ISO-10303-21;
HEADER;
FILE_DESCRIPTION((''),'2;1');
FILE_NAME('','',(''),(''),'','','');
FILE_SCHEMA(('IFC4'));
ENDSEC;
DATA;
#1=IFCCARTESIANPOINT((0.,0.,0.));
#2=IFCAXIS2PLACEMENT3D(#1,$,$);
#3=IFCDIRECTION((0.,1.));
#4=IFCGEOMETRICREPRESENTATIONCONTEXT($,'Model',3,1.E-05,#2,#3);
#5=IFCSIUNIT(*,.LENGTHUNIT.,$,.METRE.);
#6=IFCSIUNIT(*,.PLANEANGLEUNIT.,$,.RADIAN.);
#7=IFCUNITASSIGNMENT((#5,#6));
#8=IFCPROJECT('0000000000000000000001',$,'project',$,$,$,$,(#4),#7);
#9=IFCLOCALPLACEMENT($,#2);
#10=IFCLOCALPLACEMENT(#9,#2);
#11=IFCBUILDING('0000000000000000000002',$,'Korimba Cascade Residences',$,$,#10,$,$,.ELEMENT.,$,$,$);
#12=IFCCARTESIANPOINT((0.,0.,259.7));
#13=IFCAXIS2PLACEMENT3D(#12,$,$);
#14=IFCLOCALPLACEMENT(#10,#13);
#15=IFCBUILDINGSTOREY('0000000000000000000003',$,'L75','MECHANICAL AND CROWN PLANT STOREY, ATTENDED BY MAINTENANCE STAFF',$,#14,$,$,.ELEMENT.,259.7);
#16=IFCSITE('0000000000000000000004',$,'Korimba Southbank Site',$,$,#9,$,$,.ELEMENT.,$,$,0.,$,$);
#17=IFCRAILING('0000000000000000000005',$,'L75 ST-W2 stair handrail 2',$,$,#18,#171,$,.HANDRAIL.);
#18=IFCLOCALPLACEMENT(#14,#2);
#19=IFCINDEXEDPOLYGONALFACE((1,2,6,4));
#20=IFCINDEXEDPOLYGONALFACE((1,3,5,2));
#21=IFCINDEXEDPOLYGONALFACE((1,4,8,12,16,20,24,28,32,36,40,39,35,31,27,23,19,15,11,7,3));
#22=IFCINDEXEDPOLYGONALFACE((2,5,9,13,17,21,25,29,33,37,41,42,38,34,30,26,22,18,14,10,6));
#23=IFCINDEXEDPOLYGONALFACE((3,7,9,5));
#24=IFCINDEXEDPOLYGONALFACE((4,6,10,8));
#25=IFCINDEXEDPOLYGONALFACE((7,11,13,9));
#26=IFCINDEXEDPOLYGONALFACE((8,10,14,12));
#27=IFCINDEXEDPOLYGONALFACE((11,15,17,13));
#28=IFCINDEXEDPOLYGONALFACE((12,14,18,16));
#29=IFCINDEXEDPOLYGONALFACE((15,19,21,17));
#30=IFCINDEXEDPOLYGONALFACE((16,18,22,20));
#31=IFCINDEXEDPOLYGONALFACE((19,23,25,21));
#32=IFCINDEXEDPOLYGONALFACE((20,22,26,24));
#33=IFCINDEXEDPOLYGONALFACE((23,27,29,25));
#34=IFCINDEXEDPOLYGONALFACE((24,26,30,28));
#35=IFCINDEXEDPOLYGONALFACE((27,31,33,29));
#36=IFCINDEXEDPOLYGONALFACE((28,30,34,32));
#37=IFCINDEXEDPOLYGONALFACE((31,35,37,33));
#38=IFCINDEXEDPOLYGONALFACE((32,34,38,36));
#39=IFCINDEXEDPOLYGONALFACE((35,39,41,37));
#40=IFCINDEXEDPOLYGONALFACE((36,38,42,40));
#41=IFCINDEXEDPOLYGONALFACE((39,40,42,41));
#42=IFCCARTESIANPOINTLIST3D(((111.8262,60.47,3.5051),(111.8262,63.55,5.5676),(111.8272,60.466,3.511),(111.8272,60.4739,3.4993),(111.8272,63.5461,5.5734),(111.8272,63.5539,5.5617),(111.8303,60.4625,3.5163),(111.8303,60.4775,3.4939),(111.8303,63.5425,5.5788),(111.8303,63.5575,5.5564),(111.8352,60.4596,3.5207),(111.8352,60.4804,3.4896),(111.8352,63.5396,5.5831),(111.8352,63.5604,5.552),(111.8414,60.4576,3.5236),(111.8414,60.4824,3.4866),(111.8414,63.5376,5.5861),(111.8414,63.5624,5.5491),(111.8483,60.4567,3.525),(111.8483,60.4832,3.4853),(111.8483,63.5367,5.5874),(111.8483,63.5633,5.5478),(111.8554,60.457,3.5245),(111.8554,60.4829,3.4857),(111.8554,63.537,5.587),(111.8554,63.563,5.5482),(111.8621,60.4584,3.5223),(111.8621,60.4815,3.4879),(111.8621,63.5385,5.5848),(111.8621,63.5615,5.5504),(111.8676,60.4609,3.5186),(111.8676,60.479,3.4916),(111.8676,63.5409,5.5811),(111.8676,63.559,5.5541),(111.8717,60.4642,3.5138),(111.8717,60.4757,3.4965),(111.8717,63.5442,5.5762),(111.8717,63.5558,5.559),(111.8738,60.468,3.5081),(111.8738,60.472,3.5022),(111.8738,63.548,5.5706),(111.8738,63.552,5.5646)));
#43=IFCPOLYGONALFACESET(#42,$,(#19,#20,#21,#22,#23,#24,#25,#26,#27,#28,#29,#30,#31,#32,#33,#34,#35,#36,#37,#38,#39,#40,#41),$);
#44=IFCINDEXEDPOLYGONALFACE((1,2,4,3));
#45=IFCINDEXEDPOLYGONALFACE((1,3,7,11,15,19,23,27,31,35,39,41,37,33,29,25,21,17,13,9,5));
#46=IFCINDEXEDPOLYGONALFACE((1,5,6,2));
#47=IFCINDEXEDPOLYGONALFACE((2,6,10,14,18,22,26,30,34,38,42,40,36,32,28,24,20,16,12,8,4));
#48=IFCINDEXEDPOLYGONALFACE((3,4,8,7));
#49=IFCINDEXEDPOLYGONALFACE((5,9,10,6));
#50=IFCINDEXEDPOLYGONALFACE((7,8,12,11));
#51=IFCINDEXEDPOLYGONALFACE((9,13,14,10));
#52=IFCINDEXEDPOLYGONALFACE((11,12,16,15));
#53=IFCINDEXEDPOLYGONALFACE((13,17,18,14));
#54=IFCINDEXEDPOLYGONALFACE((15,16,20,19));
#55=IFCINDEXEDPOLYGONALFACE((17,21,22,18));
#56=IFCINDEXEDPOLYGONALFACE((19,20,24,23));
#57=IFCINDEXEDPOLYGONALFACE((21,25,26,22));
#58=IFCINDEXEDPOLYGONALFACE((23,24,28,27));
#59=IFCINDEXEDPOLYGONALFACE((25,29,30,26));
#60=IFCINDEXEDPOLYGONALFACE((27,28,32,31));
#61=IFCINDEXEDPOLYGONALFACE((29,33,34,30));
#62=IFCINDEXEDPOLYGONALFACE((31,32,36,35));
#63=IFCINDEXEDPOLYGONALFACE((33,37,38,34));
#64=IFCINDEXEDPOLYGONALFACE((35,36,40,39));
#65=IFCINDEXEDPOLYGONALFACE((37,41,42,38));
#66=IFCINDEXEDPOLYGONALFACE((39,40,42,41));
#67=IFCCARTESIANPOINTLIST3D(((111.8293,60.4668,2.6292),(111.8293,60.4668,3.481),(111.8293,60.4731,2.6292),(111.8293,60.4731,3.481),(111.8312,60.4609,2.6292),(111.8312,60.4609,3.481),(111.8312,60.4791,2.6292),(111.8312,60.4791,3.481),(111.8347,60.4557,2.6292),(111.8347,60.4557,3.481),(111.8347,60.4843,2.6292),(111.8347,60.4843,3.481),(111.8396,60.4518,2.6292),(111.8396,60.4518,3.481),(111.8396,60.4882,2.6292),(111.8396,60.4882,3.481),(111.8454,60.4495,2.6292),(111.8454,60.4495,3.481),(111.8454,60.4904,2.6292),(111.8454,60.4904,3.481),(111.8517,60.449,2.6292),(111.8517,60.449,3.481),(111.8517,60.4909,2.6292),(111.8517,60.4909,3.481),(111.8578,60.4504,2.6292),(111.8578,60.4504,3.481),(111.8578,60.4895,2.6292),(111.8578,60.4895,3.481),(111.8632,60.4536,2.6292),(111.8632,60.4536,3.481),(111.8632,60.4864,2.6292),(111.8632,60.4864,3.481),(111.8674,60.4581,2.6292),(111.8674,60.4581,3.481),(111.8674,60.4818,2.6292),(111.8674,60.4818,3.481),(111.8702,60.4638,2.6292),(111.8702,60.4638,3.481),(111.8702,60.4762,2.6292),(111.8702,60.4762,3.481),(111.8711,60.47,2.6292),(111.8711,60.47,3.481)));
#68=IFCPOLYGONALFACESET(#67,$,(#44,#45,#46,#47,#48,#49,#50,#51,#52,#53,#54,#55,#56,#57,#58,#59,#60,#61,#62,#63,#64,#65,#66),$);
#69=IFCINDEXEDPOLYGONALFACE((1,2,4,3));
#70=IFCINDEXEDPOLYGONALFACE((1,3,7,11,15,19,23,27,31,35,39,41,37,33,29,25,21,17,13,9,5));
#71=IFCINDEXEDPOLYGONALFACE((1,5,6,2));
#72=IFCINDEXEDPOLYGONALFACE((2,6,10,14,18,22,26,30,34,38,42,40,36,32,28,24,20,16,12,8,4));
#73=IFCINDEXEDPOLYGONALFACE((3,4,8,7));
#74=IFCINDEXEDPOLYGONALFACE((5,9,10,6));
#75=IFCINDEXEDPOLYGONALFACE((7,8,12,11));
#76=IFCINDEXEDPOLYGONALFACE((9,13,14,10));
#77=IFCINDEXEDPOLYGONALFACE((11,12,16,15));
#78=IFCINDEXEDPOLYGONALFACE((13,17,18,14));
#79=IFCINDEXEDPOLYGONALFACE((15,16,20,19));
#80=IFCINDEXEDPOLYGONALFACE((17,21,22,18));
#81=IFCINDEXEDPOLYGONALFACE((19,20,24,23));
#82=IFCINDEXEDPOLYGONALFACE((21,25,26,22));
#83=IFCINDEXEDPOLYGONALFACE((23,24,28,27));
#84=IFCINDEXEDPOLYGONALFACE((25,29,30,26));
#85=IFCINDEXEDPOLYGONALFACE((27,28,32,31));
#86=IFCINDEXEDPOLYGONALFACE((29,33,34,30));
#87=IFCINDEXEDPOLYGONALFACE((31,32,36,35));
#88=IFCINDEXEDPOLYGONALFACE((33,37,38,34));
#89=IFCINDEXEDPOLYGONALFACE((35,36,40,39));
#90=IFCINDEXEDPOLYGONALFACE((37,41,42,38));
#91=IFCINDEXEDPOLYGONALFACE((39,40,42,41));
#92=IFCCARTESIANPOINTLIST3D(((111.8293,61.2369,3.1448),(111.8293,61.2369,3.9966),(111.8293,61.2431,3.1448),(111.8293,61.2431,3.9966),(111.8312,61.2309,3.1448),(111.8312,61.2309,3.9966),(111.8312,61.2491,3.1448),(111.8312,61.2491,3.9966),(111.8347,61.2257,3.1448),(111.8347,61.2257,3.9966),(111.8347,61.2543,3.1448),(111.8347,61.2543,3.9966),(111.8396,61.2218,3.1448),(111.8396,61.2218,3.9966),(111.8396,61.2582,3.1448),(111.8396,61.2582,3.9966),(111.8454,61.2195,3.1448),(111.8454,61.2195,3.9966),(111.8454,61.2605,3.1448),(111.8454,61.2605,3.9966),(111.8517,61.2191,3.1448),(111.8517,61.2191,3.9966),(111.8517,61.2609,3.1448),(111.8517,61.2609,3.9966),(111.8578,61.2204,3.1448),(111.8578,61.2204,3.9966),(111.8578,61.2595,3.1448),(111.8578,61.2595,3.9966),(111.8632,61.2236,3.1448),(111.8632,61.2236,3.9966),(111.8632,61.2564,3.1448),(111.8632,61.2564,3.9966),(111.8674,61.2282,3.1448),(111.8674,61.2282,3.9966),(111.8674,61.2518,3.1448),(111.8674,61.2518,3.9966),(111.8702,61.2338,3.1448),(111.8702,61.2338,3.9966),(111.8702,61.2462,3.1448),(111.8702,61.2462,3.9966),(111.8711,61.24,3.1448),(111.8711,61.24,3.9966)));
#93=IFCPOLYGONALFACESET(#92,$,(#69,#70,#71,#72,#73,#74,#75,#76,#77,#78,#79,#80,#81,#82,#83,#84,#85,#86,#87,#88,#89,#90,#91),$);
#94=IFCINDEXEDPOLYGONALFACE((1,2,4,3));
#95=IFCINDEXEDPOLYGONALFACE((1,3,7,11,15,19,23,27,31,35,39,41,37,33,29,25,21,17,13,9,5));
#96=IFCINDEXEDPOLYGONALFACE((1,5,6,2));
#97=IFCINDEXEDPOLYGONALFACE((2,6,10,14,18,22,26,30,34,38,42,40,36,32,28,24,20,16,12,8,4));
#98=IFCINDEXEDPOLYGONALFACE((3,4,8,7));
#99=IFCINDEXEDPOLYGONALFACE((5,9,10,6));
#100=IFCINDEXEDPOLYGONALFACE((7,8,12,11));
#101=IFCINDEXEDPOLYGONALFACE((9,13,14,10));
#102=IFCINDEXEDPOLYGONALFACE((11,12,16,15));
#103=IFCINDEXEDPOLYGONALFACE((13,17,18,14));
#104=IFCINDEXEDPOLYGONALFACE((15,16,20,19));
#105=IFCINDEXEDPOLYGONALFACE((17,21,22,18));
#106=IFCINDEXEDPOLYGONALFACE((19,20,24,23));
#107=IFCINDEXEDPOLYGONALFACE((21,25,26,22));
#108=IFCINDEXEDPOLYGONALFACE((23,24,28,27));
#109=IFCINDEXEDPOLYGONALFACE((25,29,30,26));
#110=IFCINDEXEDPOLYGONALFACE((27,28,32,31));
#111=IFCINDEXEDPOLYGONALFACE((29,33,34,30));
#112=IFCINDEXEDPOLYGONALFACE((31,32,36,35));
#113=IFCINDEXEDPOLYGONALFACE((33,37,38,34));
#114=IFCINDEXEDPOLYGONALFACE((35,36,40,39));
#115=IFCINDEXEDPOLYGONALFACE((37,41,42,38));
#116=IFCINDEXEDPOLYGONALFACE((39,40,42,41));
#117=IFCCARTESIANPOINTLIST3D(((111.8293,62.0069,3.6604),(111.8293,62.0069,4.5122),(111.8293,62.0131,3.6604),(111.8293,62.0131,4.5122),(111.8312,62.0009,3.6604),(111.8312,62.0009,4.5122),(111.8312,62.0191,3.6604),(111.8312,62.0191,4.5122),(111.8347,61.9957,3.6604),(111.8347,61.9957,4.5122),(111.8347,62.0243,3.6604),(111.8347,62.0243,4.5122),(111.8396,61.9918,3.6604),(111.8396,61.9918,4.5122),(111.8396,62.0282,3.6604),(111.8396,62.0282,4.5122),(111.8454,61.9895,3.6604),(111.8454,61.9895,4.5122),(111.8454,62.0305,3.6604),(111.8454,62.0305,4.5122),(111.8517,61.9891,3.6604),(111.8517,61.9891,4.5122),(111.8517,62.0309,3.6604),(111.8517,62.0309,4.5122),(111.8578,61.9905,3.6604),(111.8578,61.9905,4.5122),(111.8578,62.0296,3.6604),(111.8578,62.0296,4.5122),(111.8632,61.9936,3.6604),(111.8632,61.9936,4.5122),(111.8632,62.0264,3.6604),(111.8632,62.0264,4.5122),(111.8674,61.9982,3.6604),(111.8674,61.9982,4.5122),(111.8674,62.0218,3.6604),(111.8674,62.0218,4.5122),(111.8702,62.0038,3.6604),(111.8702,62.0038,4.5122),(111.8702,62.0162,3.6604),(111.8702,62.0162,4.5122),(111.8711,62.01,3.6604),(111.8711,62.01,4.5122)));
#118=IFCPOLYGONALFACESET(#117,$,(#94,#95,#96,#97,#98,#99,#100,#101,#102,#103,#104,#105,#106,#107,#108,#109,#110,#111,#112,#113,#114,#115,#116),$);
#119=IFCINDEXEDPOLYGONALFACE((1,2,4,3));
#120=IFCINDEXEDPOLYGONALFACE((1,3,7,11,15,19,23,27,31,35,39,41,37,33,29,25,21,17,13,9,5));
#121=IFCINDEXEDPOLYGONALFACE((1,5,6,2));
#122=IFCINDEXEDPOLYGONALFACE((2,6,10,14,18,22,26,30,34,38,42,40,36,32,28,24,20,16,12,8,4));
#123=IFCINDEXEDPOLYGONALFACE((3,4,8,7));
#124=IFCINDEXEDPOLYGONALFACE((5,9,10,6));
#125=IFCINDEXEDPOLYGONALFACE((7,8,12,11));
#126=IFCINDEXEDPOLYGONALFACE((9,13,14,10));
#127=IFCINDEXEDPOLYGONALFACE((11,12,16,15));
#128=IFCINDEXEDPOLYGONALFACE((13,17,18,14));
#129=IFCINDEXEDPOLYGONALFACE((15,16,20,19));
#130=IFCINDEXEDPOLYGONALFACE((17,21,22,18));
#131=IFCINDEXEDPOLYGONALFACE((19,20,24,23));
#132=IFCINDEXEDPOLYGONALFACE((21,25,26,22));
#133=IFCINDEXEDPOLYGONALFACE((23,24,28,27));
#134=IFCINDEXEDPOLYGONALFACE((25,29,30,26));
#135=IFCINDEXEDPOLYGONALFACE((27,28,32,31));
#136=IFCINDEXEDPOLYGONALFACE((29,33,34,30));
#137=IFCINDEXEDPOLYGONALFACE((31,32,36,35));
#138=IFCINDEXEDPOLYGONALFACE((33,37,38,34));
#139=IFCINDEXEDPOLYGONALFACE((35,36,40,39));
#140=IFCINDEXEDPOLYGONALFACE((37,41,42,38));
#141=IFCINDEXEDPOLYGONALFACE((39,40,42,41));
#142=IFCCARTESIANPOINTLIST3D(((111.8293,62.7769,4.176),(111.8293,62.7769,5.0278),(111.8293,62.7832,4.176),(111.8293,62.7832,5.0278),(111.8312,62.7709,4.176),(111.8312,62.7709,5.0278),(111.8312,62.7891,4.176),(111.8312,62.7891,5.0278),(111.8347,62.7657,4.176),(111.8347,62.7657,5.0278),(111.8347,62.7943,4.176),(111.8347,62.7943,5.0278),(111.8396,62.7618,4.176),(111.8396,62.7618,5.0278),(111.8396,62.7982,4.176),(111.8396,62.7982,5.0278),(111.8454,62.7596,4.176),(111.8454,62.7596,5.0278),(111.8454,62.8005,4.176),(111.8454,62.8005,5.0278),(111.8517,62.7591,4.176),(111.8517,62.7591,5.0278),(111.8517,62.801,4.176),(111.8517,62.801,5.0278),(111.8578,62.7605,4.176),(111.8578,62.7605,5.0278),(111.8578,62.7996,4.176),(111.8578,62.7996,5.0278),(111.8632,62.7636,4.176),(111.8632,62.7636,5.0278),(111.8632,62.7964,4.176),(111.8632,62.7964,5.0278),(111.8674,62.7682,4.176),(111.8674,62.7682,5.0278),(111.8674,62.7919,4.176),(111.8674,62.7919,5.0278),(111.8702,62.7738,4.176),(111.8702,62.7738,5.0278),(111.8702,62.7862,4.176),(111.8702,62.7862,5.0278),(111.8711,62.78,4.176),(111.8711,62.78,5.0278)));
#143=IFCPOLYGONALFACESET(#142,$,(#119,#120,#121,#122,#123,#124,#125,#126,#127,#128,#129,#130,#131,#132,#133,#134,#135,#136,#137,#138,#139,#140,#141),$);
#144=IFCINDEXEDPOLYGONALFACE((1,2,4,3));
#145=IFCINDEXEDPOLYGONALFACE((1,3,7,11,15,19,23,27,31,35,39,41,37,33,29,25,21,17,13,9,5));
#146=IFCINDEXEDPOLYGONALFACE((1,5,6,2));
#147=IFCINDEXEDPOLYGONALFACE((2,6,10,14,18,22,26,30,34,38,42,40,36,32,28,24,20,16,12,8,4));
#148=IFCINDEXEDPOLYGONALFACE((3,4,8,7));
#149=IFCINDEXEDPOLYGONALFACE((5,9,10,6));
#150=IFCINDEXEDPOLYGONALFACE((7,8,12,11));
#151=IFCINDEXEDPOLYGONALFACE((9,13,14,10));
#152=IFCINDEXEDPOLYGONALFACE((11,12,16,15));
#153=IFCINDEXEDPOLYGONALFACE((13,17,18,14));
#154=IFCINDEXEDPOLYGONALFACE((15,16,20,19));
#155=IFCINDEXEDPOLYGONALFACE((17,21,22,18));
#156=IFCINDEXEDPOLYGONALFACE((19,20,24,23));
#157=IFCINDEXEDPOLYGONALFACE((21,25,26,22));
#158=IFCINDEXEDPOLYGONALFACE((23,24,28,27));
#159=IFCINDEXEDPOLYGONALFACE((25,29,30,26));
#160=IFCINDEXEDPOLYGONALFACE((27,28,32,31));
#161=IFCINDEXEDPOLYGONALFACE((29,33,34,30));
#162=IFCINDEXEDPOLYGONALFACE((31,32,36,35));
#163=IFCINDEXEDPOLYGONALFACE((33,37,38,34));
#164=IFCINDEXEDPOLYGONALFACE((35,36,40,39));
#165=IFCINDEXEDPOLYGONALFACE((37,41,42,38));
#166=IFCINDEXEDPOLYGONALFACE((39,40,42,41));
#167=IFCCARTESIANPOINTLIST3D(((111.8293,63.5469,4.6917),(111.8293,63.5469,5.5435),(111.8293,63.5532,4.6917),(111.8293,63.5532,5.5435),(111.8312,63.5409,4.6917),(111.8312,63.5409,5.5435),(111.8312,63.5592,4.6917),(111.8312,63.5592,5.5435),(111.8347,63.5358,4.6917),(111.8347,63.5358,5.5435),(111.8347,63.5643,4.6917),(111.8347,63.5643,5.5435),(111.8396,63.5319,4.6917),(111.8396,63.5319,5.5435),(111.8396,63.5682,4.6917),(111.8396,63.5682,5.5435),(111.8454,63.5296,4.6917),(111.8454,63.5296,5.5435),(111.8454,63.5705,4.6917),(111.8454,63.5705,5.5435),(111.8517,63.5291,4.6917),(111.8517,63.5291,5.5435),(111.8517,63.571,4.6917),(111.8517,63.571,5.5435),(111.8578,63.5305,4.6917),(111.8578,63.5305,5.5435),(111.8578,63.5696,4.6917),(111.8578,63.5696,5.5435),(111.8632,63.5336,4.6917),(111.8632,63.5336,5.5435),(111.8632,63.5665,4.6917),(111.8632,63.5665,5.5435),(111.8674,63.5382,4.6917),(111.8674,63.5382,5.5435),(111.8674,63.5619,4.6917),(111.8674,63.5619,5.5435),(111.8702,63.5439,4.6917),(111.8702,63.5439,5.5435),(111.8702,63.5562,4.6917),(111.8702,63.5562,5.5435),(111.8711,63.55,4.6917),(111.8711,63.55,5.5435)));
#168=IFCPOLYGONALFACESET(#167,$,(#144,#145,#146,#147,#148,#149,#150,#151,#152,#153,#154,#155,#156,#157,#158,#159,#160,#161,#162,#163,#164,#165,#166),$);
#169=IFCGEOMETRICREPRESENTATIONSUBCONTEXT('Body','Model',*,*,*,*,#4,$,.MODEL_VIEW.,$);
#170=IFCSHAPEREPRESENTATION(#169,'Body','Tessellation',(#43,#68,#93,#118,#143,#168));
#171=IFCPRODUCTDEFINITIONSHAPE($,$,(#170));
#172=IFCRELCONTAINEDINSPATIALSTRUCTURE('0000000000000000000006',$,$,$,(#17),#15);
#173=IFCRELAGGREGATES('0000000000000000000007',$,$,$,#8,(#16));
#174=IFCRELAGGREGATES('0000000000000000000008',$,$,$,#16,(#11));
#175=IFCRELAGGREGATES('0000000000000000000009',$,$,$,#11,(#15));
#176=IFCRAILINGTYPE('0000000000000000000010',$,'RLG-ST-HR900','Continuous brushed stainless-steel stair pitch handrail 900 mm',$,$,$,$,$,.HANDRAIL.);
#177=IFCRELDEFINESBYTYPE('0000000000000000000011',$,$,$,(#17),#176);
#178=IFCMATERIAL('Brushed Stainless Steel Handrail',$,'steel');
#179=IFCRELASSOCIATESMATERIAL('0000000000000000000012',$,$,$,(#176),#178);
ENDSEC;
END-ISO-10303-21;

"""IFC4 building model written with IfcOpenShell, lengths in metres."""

from ifc_helpers import new_model, si_unit, direction, frame, origin, origin_2d, place, context, subcontext, project, spatial, circle, extrude, material, type_object, element, save


model = new_model("IFC4")

# Units and contexts
model_context = context("Model", 3, precision=1e-05, world=origin(), true_north=direction((0.0, 1.0)))
body_context = subcontext(model_context, "Body", "Model", "MODEL_VIEW")
ifc_project = project(units=[si_unit("LENGTHUNIT", "METRE"), si_unit("PLANEANGLEUNIT", "RADIAN")], contexts=[model_context])

# Site, building, storey
site_placement = place(None, origin())
site = spatial("IfcSite", under=ifc_project, at=site_placement, Name="Korimba Southbank Site", CompositionType="ELEMENT", RefElevation=0.0)
building_placement = place(site_placement, origin())
building = spatial("IfcBuilding", under=site, at=building_placement, Name="Korimba Cascade Residences", CompositionType="ELEMENT")
storey_placement = place(building_placement, frame((0.0, 0.0, 259.7)))
storey = spatial("IfcBuildingStorey", under=building, at=storey_placement, Name="L75", Description="MECHANICAL AND CROWN PLANT STOREY, ATTENDED BY MAINTENANCE STAFF", CompositionType="ELEMENT", Elevation=259.7)

# Railing
ifc_material_1 = material(Name="Brushed Stainless Steel Handrail", Category="steel")
railing_type_1 = type_object("IfcRailingType", Name="RLG-ST-HR900", Description="Continuous brushed stainless-steel stair pitch handrail 900 mm", PredefinedType="HANDRAIL", material=ifc_material_1)
railing_1_placement = place(storey_placement, frame((111.8501, 60.47, 2.6292)))
element("IfcRailing", 1, at=railing_1_placement, inside=storey, type_object=railing_type_1, Name="L75 ST-W2 stair handrail 2", PredefinedType="HANDRAIL", context=body_context, shape_type="SweptSolid", body=[
    extrude(circle(Radius=0.0239, at=origin_2d()), frame((0.0, 0.0, 0.876), z_axis=(0.0, 0.830914, 0.556401), x_axis=(-1.0, 0.0, 0.0)), (0.0, 0.0, 1.0), 3.7068),
    extrude(circle(Radius=0.021, at=origin_2d()), origin(), (0.0, 0.0, 1.0), 0.8518),
    extrude(circle(Radius=0.021, at=origin_2d()), frame((0.0, 0.77, 0.5156)), (0.0, 0.0, 1.0), 0.8518),
    extrude(circle(Radius=0.021, at=origin_2d()), frame((0.0, 1.54, 1.0312)), (0.0, 0.0, 1.0), 0.8518),
    extrude(circle(Radius=0.021, at=origin_2d()), frame((0.0, 2.3101, 1.5469)), (0.0, 0.0, 1.0), 0.8518),
    extrude(circle(Radius=0.021, at=origin_2d()), frame((0.0, 3.0801, 2.0625)), (0.0, 0.0, 1.0), 0.8518),
])

save(model, "model.ifc")
